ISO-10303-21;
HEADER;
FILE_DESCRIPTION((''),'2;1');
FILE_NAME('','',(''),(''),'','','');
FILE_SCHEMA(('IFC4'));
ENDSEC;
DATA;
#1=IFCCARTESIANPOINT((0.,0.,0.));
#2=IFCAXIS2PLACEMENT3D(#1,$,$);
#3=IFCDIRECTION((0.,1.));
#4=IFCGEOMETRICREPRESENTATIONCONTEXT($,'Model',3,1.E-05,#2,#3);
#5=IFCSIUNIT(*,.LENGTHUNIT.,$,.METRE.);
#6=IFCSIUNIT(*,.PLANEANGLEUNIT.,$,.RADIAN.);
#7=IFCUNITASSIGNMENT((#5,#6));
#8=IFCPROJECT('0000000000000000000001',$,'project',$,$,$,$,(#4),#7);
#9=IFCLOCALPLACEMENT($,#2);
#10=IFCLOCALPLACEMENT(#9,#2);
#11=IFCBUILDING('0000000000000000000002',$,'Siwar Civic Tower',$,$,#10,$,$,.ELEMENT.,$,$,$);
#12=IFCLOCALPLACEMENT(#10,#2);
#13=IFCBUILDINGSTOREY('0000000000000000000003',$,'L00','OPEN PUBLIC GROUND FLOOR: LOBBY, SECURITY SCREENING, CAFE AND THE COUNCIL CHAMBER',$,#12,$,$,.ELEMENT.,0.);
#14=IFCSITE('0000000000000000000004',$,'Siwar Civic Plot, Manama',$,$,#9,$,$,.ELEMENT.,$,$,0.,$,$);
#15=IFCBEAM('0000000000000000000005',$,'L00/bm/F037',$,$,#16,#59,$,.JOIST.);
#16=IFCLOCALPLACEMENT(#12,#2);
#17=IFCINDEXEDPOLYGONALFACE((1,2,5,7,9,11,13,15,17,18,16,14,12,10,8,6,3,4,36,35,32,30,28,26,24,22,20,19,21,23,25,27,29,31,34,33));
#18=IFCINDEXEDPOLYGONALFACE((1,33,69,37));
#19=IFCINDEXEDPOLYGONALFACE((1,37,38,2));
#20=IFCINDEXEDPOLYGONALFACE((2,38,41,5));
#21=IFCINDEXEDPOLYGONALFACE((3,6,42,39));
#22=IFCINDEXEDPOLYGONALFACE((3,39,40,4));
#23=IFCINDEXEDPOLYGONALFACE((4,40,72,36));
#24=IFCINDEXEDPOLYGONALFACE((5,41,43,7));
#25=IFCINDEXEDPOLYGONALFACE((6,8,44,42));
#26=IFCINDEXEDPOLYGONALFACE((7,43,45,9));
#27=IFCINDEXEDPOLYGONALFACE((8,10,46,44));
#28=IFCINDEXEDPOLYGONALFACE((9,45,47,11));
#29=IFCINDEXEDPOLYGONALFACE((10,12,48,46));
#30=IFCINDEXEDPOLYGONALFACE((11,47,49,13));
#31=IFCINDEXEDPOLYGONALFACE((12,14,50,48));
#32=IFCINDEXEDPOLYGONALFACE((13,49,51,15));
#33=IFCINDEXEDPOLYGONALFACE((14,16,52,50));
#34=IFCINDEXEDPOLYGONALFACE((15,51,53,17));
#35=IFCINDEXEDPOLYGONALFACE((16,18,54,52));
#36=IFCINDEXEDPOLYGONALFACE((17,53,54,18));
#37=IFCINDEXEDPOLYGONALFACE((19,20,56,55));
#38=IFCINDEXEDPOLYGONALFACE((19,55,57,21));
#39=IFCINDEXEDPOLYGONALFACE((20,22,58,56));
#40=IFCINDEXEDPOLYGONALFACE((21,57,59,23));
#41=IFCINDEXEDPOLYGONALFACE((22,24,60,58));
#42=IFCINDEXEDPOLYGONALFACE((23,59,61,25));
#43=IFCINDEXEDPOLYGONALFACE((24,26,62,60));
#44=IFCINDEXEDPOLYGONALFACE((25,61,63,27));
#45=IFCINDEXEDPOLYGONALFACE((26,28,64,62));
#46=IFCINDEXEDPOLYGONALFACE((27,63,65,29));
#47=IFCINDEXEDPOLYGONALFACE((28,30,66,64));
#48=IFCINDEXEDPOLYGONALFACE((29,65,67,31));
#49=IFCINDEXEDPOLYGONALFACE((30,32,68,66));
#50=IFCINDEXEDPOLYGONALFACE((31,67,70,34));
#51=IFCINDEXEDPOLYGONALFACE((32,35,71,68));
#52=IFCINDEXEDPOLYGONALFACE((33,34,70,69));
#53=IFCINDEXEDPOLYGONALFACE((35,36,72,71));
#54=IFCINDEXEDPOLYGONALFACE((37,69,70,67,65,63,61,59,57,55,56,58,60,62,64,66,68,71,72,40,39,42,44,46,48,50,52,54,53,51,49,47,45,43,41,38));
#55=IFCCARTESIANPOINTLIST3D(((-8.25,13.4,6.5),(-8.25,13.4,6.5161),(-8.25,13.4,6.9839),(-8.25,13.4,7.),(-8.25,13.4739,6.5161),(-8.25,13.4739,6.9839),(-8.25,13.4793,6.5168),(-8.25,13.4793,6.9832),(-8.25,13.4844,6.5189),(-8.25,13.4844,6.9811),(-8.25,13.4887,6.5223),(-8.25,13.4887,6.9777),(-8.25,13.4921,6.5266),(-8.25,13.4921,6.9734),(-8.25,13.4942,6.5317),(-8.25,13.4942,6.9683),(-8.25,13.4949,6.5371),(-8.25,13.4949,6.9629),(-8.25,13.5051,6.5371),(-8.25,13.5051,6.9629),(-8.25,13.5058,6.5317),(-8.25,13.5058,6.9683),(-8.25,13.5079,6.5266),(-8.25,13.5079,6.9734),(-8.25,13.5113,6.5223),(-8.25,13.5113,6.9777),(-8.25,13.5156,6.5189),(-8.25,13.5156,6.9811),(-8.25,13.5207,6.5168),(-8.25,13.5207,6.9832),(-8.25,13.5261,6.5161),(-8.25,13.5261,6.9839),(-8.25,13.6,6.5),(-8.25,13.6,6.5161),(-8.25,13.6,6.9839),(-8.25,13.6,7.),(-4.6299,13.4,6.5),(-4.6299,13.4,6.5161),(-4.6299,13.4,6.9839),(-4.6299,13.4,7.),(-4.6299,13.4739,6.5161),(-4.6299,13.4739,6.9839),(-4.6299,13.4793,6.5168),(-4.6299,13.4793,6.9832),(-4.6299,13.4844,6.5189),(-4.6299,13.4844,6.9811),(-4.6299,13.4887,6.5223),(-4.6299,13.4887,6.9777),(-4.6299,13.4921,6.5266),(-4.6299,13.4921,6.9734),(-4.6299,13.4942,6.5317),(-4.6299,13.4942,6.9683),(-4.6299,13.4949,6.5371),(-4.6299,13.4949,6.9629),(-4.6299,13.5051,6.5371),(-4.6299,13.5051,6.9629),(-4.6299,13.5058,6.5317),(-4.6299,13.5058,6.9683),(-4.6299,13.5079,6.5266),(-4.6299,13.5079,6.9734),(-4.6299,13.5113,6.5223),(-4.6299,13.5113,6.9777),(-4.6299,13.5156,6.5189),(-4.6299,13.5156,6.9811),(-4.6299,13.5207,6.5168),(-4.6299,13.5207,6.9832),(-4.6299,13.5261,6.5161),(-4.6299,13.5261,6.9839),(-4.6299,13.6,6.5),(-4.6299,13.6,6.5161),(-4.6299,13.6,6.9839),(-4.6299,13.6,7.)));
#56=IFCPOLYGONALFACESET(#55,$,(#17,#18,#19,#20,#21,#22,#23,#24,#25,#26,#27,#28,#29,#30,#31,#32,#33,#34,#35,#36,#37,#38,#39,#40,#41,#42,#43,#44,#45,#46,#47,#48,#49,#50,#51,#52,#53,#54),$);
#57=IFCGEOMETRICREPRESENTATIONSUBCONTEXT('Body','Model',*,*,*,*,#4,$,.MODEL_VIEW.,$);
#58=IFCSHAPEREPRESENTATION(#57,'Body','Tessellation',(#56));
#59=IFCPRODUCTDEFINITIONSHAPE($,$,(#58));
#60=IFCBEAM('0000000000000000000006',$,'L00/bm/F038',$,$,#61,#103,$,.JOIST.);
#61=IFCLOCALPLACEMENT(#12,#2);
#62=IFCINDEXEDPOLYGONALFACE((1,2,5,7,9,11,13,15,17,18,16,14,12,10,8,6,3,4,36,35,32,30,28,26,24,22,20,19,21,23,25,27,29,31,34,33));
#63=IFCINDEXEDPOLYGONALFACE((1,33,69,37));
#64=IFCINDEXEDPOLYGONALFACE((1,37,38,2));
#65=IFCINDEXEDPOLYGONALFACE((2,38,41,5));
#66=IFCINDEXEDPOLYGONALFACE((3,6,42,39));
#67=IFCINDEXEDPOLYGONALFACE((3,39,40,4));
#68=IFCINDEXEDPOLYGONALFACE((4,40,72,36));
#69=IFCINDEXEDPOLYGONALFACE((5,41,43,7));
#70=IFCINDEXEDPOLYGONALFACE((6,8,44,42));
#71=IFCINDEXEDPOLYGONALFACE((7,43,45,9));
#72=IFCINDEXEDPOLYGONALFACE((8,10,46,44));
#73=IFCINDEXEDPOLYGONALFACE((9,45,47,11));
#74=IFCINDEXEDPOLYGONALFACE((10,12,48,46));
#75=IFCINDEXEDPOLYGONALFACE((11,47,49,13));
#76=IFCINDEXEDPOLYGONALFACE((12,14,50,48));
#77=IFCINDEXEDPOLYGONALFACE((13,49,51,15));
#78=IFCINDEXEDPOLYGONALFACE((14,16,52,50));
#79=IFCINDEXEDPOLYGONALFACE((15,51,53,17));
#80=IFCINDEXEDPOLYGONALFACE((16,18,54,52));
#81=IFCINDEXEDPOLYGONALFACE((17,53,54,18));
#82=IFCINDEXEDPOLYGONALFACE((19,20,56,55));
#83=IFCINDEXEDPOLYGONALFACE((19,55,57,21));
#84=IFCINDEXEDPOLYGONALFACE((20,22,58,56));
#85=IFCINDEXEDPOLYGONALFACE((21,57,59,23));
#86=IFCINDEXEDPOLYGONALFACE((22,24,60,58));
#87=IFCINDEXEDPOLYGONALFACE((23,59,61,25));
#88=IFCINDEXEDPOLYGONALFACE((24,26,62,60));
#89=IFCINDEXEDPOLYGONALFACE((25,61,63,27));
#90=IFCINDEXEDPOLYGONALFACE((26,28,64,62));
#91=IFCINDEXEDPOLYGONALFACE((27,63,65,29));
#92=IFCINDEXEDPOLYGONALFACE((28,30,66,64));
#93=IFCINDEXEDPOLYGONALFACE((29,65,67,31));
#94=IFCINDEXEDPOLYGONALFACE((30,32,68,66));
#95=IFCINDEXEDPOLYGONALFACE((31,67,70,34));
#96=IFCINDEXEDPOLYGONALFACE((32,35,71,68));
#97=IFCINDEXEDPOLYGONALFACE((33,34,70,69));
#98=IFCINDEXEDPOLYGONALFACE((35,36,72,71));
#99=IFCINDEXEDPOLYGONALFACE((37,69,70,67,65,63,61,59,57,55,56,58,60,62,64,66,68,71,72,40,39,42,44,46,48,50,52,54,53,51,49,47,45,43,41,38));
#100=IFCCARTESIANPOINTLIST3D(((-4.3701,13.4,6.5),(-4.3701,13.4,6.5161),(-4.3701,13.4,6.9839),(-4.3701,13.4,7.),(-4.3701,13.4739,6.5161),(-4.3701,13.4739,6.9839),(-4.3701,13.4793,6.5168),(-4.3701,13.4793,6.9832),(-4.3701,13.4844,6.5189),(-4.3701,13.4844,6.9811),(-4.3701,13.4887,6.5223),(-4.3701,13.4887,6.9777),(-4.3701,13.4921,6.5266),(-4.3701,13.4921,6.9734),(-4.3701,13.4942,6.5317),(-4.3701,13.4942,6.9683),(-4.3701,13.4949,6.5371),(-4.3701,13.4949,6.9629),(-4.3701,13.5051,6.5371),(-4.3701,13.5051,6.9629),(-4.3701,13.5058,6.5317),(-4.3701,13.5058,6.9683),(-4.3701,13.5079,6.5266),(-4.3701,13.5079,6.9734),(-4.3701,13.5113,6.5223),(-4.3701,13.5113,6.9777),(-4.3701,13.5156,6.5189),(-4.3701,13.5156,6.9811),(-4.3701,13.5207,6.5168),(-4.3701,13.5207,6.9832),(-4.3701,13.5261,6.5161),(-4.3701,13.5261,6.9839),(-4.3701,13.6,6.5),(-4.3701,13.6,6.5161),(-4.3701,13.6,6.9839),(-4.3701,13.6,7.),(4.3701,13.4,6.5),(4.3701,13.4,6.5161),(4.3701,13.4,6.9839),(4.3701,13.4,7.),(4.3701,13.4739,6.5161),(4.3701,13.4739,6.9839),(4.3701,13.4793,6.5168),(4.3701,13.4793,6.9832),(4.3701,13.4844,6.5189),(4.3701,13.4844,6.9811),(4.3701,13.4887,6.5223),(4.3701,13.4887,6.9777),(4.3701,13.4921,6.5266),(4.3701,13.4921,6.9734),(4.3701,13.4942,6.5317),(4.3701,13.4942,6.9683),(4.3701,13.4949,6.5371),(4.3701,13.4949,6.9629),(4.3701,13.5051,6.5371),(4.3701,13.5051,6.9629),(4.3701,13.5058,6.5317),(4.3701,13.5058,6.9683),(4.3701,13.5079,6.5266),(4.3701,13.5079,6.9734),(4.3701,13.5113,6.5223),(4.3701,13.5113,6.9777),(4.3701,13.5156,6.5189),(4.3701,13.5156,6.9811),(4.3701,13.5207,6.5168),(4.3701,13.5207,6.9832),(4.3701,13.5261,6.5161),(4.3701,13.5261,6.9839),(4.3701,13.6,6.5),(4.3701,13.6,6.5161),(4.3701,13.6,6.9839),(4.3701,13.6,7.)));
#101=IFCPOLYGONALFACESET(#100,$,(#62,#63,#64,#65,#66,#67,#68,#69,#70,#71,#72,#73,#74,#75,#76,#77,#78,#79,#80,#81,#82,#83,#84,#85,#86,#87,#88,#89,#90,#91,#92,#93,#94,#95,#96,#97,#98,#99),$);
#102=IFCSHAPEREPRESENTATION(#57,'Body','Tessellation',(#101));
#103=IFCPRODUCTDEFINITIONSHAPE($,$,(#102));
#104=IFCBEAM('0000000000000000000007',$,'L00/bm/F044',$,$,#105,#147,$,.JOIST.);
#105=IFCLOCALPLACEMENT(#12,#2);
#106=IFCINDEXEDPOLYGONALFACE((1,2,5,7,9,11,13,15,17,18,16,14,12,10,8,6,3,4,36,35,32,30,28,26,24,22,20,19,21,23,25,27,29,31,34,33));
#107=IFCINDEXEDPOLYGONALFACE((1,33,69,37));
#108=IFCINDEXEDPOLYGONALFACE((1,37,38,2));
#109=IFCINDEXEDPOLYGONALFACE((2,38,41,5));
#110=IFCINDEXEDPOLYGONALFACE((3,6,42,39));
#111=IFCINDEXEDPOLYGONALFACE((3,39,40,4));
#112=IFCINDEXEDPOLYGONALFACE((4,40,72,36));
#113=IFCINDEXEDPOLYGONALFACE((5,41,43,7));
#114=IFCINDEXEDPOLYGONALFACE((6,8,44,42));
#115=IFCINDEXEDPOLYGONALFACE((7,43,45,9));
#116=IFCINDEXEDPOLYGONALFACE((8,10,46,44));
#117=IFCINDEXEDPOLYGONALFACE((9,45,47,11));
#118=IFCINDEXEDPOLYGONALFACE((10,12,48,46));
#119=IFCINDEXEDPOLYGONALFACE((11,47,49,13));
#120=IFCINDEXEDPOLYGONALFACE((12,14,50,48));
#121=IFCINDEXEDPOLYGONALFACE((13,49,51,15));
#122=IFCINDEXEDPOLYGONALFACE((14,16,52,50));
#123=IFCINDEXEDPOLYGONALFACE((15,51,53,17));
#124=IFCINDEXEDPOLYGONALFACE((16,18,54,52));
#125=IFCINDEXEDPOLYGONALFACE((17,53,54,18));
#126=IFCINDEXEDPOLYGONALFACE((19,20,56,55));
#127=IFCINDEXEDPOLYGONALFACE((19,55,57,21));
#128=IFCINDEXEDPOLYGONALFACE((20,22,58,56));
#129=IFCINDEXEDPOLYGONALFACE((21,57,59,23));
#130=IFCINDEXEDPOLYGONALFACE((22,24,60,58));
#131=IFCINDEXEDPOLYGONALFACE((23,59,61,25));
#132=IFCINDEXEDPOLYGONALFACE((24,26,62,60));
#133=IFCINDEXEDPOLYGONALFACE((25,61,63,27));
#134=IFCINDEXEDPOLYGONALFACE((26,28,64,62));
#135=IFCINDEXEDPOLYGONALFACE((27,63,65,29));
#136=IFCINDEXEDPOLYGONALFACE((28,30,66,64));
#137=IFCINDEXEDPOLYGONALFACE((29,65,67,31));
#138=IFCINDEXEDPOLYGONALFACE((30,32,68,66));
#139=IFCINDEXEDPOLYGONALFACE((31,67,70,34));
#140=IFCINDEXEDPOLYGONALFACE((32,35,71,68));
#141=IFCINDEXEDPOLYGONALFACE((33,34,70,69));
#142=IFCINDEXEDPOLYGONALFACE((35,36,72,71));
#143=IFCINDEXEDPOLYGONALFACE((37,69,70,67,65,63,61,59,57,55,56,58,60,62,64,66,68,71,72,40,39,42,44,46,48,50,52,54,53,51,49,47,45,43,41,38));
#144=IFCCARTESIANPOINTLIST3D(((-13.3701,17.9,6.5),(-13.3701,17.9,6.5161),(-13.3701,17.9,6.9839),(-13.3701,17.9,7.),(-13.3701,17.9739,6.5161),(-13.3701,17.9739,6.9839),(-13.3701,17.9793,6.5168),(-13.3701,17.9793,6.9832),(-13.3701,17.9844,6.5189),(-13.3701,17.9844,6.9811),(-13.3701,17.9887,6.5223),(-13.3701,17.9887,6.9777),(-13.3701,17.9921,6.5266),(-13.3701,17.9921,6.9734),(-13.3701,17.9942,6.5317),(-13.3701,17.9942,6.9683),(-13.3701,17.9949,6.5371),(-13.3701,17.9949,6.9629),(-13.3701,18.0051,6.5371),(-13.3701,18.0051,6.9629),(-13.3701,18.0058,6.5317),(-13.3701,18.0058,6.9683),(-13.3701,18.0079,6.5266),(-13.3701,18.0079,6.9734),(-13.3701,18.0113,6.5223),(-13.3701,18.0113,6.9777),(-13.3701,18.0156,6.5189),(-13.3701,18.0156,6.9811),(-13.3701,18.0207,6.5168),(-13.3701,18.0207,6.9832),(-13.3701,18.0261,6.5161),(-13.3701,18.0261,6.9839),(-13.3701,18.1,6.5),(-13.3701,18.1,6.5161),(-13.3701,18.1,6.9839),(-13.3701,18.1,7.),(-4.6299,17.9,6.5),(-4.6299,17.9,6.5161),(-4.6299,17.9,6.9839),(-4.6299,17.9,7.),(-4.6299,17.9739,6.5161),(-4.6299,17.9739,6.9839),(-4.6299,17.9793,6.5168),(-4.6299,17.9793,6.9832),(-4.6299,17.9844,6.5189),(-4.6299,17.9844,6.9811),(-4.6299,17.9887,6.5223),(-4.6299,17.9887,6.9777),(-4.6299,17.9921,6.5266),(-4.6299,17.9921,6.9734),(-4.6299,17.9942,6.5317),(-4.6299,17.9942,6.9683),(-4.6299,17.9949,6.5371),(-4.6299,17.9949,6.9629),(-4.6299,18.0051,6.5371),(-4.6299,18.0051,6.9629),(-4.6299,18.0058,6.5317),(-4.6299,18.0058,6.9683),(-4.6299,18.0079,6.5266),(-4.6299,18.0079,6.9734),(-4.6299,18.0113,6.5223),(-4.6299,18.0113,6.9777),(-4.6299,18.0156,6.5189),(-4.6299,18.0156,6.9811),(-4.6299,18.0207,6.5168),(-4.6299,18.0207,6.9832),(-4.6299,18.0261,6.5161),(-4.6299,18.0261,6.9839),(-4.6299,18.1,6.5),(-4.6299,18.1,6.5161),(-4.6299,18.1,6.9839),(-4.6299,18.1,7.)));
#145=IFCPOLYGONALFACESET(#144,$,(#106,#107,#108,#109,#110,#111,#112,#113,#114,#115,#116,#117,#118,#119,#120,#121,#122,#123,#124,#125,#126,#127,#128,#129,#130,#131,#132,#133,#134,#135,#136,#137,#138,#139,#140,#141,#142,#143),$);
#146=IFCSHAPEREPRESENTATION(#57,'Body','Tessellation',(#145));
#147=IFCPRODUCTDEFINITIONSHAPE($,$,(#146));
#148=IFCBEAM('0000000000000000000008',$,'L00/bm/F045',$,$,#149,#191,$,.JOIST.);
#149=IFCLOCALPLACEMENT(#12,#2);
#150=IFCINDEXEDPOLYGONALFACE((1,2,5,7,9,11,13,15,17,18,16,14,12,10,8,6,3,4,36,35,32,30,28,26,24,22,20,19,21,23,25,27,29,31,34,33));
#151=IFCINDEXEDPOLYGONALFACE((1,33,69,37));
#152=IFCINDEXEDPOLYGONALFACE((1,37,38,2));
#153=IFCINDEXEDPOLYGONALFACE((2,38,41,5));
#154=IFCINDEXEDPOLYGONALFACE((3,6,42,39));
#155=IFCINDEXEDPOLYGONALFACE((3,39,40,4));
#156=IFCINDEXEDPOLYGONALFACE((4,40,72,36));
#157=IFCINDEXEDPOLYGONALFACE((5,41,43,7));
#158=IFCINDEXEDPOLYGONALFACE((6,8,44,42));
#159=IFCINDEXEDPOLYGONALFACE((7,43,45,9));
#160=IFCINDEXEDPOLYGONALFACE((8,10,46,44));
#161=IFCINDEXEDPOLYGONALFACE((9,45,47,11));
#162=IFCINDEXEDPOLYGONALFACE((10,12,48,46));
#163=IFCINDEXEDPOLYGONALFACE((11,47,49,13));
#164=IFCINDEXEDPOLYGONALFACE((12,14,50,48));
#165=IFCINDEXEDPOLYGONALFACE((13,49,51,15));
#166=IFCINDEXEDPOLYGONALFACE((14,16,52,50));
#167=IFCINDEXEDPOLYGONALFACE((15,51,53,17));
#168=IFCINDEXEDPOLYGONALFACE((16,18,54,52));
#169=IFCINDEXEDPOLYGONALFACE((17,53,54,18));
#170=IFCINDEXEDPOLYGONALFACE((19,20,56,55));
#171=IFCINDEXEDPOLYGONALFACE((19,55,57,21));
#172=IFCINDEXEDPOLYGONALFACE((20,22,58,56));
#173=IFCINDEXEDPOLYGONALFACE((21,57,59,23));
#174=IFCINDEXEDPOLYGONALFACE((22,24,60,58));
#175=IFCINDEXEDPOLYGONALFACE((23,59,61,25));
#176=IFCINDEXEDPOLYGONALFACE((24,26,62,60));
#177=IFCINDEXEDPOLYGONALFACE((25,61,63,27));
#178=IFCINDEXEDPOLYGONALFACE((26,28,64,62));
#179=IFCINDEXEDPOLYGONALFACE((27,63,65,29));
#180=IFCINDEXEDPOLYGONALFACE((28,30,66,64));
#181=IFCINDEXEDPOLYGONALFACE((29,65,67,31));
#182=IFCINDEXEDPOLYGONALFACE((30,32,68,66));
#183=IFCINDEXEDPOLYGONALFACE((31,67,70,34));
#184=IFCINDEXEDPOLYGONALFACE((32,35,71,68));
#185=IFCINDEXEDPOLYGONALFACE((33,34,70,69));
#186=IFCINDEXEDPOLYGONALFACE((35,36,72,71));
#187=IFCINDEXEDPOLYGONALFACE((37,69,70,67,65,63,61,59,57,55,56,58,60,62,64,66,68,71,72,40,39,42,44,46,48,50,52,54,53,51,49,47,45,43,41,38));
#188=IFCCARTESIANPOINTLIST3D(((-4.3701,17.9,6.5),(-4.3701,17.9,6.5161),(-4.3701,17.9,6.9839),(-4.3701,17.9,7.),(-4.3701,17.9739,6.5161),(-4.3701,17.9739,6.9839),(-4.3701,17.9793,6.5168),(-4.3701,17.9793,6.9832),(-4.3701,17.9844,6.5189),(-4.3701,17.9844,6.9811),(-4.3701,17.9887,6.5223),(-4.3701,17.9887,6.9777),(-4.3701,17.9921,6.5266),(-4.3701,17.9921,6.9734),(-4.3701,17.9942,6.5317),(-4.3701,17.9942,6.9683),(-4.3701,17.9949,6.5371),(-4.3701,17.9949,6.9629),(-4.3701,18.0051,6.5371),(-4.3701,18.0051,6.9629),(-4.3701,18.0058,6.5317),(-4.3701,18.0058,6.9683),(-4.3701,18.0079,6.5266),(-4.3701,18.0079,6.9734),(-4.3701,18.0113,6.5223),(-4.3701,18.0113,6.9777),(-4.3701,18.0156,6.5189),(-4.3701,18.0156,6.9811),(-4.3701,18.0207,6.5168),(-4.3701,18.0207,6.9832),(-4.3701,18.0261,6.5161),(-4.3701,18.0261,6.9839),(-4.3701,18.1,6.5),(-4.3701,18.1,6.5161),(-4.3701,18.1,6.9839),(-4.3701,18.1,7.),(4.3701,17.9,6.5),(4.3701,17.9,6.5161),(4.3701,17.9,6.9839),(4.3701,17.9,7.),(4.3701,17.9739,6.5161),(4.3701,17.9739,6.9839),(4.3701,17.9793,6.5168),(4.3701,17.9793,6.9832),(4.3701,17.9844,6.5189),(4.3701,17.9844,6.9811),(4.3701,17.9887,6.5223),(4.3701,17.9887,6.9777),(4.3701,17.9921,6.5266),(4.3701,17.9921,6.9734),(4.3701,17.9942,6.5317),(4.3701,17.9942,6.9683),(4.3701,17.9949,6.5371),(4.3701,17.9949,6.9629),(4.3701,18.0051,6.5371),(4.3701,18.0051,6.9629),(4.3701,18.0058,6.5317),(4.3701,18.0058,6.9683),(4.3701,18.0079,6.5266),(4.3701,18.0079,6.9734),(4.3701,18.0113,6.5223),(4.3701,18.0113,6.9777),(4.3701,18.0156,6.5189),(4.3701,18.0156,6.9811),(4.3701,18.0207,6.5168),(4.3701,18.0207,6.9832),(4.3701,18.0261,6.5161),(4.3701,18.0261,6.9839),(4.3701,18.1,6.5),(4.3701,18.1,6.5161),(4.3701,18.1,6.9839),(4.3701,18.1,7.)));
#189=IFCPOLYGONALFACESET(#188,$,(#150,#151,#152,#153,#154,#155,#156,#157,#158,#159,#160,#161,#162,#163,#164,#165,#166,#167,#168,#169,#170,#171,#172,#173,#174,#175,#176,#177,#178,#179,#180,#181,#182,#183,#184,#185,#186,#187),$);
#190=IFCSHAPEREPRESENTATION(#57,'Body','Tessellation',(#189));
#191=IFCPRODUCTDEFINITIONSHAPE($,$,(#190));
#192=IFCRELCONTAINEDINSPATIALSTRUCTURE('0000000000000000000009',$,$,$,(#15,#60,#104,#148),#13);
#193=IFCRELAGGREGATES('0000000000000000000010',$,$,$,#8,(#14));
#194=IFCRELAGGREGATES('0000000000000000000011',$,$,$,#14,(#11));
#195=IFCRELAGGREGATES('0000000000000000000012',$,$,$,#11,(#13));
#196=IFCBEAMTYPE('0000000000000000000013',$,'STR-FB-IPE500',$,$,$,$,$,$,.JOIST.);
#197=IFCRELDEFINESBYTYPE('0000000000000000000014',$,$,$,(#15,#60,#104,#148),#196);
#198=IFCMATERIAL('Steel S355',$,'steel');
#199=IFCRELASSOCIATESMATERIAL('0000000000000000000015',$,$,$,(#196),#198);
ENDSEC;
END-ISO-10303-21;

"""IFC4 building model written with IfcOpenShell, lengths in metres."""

from ifc_helpers import new_model, si_unit, direction, frame, origin, origin_2d, place, context, subcontext, project, spatial, i_section, extrude, material, material_profile, profile_set, type_object, element, save


model = new_model("IFC4")

# Units and contexts
model_context = context("Model", 3, precision=1e-05, world=origin(), true_north=direction((0.0, 1.0)))
body_context = subcontext(model_context, "Body", "Model", "MODEL_VIEW")
ifc_project = project(units=[si_unit("LENGTHUNIT", "METRE"), si_unit("PLANEANGLEUNIT", "RADIAN")], contexts=[model_context])

# Site, building, storey
site_placement = place(None, origin())
site = spatial("IfcSite", under=ifc_project, at=site_placement, Name="Siwar Civic Plot, Manama", CompositionType="ELEMENT", RefElevation=0.0)
building_placement = place(site_placement, origin())
building = spatial("IfcBuilding", under=site, at=building_placement, Name="Siwar Civic Tower", CompositionType="ELEMENT")
storey_placement = place(building_placement, origin())
storey = spatial("IfcBuildingStorey", under=building, at=storey_placement, Name="L00", Description="OPEN PUBLIC GROUND FLOOR: LOBBY, SECURITY SCREENING, CAFE AND THE COUNCIL CHAMBER", CompositionType="ELEMENT", Elevation=0.0)

# Beams
ifc_material_1 = material(Name="Steel S355", Category="steel")
ifc_material_profile_1 = material_profile(ifc_material_1, i_section(OverallWidth=0.2, OverallDepth=0.5, WebThickness=0.0103, FlangeThickness=0.0161, FilletRadius=0.021, at=origin_2d()), Name="IPE500")
ifc_profile_set_1 = profile_set([ifc_material_profile_1], Name="Steel S355")
beam_type_1 = type_object("IfcBeamType", Name="STR-FB-IPE500", PredefinedType="JOIST", material=ifc_profile_set_1)
beam_1_placement = place(storey_placement, frame((-8.25, 13.5, 6.75), z_axis=(1.0, 0.0, 0.0), x_axis=(0.0, 1.0, 0.0)))
element("IfcBeam", 1, at=beam_1_placement, inside=storey, type_object=beam_type_1, Name="L00/bm/F037", PredefinedType="JOIST", context=body_context, shape_type="SweptSolid", body=[
    extrude(i_section(OverallWidth=0.2, OverallDepth=0.5, WebThickness=0.0103, FlangeThickness=0.0161, FilletRadius=0.021, at=origin_2d()), origin(), (0.0, 0.0, 1.0), 3.6201),
])
for number, where, z_axis, x_axis, name in (
    (2, (-4.3701, 13.5, 6.75), (1.0, 0.0, 0.0), (0.0, 1.0, 0.0), "L00/bm/F038"),
    (3, (-13.3701, 18.0, 6.75), (1.0, 0.0, 0.0), (0.0, 1.0, 0.0), "L00/bm/F044"),
    (4, (-4.3701, 18.0, 6.75), (1.0, 0.0, 0.0), (0.0, 1.0, 0.0), "L00/bm/F045"),
):
    element("IfcBeam", number, at=place(storey_placement, frame(where, z_axis=z_axis, x_axis=x_axis)), inside=storey, type_object=beam_type_1, Name=name, PredefinedType="JOIST", context=body_context, shape_type="SweptSolid", body=[
        extrude(i_section(OverallWidth=0.2, OverallDepth=0.5, WebThickness=0.0103, FlangeThickness=0.0161, FilletRadius=0.021, at=origin_2d()), origin(), (0.0, 0.0, 1.0), 8.7402),
    ])

save(model, "model.ifc")
